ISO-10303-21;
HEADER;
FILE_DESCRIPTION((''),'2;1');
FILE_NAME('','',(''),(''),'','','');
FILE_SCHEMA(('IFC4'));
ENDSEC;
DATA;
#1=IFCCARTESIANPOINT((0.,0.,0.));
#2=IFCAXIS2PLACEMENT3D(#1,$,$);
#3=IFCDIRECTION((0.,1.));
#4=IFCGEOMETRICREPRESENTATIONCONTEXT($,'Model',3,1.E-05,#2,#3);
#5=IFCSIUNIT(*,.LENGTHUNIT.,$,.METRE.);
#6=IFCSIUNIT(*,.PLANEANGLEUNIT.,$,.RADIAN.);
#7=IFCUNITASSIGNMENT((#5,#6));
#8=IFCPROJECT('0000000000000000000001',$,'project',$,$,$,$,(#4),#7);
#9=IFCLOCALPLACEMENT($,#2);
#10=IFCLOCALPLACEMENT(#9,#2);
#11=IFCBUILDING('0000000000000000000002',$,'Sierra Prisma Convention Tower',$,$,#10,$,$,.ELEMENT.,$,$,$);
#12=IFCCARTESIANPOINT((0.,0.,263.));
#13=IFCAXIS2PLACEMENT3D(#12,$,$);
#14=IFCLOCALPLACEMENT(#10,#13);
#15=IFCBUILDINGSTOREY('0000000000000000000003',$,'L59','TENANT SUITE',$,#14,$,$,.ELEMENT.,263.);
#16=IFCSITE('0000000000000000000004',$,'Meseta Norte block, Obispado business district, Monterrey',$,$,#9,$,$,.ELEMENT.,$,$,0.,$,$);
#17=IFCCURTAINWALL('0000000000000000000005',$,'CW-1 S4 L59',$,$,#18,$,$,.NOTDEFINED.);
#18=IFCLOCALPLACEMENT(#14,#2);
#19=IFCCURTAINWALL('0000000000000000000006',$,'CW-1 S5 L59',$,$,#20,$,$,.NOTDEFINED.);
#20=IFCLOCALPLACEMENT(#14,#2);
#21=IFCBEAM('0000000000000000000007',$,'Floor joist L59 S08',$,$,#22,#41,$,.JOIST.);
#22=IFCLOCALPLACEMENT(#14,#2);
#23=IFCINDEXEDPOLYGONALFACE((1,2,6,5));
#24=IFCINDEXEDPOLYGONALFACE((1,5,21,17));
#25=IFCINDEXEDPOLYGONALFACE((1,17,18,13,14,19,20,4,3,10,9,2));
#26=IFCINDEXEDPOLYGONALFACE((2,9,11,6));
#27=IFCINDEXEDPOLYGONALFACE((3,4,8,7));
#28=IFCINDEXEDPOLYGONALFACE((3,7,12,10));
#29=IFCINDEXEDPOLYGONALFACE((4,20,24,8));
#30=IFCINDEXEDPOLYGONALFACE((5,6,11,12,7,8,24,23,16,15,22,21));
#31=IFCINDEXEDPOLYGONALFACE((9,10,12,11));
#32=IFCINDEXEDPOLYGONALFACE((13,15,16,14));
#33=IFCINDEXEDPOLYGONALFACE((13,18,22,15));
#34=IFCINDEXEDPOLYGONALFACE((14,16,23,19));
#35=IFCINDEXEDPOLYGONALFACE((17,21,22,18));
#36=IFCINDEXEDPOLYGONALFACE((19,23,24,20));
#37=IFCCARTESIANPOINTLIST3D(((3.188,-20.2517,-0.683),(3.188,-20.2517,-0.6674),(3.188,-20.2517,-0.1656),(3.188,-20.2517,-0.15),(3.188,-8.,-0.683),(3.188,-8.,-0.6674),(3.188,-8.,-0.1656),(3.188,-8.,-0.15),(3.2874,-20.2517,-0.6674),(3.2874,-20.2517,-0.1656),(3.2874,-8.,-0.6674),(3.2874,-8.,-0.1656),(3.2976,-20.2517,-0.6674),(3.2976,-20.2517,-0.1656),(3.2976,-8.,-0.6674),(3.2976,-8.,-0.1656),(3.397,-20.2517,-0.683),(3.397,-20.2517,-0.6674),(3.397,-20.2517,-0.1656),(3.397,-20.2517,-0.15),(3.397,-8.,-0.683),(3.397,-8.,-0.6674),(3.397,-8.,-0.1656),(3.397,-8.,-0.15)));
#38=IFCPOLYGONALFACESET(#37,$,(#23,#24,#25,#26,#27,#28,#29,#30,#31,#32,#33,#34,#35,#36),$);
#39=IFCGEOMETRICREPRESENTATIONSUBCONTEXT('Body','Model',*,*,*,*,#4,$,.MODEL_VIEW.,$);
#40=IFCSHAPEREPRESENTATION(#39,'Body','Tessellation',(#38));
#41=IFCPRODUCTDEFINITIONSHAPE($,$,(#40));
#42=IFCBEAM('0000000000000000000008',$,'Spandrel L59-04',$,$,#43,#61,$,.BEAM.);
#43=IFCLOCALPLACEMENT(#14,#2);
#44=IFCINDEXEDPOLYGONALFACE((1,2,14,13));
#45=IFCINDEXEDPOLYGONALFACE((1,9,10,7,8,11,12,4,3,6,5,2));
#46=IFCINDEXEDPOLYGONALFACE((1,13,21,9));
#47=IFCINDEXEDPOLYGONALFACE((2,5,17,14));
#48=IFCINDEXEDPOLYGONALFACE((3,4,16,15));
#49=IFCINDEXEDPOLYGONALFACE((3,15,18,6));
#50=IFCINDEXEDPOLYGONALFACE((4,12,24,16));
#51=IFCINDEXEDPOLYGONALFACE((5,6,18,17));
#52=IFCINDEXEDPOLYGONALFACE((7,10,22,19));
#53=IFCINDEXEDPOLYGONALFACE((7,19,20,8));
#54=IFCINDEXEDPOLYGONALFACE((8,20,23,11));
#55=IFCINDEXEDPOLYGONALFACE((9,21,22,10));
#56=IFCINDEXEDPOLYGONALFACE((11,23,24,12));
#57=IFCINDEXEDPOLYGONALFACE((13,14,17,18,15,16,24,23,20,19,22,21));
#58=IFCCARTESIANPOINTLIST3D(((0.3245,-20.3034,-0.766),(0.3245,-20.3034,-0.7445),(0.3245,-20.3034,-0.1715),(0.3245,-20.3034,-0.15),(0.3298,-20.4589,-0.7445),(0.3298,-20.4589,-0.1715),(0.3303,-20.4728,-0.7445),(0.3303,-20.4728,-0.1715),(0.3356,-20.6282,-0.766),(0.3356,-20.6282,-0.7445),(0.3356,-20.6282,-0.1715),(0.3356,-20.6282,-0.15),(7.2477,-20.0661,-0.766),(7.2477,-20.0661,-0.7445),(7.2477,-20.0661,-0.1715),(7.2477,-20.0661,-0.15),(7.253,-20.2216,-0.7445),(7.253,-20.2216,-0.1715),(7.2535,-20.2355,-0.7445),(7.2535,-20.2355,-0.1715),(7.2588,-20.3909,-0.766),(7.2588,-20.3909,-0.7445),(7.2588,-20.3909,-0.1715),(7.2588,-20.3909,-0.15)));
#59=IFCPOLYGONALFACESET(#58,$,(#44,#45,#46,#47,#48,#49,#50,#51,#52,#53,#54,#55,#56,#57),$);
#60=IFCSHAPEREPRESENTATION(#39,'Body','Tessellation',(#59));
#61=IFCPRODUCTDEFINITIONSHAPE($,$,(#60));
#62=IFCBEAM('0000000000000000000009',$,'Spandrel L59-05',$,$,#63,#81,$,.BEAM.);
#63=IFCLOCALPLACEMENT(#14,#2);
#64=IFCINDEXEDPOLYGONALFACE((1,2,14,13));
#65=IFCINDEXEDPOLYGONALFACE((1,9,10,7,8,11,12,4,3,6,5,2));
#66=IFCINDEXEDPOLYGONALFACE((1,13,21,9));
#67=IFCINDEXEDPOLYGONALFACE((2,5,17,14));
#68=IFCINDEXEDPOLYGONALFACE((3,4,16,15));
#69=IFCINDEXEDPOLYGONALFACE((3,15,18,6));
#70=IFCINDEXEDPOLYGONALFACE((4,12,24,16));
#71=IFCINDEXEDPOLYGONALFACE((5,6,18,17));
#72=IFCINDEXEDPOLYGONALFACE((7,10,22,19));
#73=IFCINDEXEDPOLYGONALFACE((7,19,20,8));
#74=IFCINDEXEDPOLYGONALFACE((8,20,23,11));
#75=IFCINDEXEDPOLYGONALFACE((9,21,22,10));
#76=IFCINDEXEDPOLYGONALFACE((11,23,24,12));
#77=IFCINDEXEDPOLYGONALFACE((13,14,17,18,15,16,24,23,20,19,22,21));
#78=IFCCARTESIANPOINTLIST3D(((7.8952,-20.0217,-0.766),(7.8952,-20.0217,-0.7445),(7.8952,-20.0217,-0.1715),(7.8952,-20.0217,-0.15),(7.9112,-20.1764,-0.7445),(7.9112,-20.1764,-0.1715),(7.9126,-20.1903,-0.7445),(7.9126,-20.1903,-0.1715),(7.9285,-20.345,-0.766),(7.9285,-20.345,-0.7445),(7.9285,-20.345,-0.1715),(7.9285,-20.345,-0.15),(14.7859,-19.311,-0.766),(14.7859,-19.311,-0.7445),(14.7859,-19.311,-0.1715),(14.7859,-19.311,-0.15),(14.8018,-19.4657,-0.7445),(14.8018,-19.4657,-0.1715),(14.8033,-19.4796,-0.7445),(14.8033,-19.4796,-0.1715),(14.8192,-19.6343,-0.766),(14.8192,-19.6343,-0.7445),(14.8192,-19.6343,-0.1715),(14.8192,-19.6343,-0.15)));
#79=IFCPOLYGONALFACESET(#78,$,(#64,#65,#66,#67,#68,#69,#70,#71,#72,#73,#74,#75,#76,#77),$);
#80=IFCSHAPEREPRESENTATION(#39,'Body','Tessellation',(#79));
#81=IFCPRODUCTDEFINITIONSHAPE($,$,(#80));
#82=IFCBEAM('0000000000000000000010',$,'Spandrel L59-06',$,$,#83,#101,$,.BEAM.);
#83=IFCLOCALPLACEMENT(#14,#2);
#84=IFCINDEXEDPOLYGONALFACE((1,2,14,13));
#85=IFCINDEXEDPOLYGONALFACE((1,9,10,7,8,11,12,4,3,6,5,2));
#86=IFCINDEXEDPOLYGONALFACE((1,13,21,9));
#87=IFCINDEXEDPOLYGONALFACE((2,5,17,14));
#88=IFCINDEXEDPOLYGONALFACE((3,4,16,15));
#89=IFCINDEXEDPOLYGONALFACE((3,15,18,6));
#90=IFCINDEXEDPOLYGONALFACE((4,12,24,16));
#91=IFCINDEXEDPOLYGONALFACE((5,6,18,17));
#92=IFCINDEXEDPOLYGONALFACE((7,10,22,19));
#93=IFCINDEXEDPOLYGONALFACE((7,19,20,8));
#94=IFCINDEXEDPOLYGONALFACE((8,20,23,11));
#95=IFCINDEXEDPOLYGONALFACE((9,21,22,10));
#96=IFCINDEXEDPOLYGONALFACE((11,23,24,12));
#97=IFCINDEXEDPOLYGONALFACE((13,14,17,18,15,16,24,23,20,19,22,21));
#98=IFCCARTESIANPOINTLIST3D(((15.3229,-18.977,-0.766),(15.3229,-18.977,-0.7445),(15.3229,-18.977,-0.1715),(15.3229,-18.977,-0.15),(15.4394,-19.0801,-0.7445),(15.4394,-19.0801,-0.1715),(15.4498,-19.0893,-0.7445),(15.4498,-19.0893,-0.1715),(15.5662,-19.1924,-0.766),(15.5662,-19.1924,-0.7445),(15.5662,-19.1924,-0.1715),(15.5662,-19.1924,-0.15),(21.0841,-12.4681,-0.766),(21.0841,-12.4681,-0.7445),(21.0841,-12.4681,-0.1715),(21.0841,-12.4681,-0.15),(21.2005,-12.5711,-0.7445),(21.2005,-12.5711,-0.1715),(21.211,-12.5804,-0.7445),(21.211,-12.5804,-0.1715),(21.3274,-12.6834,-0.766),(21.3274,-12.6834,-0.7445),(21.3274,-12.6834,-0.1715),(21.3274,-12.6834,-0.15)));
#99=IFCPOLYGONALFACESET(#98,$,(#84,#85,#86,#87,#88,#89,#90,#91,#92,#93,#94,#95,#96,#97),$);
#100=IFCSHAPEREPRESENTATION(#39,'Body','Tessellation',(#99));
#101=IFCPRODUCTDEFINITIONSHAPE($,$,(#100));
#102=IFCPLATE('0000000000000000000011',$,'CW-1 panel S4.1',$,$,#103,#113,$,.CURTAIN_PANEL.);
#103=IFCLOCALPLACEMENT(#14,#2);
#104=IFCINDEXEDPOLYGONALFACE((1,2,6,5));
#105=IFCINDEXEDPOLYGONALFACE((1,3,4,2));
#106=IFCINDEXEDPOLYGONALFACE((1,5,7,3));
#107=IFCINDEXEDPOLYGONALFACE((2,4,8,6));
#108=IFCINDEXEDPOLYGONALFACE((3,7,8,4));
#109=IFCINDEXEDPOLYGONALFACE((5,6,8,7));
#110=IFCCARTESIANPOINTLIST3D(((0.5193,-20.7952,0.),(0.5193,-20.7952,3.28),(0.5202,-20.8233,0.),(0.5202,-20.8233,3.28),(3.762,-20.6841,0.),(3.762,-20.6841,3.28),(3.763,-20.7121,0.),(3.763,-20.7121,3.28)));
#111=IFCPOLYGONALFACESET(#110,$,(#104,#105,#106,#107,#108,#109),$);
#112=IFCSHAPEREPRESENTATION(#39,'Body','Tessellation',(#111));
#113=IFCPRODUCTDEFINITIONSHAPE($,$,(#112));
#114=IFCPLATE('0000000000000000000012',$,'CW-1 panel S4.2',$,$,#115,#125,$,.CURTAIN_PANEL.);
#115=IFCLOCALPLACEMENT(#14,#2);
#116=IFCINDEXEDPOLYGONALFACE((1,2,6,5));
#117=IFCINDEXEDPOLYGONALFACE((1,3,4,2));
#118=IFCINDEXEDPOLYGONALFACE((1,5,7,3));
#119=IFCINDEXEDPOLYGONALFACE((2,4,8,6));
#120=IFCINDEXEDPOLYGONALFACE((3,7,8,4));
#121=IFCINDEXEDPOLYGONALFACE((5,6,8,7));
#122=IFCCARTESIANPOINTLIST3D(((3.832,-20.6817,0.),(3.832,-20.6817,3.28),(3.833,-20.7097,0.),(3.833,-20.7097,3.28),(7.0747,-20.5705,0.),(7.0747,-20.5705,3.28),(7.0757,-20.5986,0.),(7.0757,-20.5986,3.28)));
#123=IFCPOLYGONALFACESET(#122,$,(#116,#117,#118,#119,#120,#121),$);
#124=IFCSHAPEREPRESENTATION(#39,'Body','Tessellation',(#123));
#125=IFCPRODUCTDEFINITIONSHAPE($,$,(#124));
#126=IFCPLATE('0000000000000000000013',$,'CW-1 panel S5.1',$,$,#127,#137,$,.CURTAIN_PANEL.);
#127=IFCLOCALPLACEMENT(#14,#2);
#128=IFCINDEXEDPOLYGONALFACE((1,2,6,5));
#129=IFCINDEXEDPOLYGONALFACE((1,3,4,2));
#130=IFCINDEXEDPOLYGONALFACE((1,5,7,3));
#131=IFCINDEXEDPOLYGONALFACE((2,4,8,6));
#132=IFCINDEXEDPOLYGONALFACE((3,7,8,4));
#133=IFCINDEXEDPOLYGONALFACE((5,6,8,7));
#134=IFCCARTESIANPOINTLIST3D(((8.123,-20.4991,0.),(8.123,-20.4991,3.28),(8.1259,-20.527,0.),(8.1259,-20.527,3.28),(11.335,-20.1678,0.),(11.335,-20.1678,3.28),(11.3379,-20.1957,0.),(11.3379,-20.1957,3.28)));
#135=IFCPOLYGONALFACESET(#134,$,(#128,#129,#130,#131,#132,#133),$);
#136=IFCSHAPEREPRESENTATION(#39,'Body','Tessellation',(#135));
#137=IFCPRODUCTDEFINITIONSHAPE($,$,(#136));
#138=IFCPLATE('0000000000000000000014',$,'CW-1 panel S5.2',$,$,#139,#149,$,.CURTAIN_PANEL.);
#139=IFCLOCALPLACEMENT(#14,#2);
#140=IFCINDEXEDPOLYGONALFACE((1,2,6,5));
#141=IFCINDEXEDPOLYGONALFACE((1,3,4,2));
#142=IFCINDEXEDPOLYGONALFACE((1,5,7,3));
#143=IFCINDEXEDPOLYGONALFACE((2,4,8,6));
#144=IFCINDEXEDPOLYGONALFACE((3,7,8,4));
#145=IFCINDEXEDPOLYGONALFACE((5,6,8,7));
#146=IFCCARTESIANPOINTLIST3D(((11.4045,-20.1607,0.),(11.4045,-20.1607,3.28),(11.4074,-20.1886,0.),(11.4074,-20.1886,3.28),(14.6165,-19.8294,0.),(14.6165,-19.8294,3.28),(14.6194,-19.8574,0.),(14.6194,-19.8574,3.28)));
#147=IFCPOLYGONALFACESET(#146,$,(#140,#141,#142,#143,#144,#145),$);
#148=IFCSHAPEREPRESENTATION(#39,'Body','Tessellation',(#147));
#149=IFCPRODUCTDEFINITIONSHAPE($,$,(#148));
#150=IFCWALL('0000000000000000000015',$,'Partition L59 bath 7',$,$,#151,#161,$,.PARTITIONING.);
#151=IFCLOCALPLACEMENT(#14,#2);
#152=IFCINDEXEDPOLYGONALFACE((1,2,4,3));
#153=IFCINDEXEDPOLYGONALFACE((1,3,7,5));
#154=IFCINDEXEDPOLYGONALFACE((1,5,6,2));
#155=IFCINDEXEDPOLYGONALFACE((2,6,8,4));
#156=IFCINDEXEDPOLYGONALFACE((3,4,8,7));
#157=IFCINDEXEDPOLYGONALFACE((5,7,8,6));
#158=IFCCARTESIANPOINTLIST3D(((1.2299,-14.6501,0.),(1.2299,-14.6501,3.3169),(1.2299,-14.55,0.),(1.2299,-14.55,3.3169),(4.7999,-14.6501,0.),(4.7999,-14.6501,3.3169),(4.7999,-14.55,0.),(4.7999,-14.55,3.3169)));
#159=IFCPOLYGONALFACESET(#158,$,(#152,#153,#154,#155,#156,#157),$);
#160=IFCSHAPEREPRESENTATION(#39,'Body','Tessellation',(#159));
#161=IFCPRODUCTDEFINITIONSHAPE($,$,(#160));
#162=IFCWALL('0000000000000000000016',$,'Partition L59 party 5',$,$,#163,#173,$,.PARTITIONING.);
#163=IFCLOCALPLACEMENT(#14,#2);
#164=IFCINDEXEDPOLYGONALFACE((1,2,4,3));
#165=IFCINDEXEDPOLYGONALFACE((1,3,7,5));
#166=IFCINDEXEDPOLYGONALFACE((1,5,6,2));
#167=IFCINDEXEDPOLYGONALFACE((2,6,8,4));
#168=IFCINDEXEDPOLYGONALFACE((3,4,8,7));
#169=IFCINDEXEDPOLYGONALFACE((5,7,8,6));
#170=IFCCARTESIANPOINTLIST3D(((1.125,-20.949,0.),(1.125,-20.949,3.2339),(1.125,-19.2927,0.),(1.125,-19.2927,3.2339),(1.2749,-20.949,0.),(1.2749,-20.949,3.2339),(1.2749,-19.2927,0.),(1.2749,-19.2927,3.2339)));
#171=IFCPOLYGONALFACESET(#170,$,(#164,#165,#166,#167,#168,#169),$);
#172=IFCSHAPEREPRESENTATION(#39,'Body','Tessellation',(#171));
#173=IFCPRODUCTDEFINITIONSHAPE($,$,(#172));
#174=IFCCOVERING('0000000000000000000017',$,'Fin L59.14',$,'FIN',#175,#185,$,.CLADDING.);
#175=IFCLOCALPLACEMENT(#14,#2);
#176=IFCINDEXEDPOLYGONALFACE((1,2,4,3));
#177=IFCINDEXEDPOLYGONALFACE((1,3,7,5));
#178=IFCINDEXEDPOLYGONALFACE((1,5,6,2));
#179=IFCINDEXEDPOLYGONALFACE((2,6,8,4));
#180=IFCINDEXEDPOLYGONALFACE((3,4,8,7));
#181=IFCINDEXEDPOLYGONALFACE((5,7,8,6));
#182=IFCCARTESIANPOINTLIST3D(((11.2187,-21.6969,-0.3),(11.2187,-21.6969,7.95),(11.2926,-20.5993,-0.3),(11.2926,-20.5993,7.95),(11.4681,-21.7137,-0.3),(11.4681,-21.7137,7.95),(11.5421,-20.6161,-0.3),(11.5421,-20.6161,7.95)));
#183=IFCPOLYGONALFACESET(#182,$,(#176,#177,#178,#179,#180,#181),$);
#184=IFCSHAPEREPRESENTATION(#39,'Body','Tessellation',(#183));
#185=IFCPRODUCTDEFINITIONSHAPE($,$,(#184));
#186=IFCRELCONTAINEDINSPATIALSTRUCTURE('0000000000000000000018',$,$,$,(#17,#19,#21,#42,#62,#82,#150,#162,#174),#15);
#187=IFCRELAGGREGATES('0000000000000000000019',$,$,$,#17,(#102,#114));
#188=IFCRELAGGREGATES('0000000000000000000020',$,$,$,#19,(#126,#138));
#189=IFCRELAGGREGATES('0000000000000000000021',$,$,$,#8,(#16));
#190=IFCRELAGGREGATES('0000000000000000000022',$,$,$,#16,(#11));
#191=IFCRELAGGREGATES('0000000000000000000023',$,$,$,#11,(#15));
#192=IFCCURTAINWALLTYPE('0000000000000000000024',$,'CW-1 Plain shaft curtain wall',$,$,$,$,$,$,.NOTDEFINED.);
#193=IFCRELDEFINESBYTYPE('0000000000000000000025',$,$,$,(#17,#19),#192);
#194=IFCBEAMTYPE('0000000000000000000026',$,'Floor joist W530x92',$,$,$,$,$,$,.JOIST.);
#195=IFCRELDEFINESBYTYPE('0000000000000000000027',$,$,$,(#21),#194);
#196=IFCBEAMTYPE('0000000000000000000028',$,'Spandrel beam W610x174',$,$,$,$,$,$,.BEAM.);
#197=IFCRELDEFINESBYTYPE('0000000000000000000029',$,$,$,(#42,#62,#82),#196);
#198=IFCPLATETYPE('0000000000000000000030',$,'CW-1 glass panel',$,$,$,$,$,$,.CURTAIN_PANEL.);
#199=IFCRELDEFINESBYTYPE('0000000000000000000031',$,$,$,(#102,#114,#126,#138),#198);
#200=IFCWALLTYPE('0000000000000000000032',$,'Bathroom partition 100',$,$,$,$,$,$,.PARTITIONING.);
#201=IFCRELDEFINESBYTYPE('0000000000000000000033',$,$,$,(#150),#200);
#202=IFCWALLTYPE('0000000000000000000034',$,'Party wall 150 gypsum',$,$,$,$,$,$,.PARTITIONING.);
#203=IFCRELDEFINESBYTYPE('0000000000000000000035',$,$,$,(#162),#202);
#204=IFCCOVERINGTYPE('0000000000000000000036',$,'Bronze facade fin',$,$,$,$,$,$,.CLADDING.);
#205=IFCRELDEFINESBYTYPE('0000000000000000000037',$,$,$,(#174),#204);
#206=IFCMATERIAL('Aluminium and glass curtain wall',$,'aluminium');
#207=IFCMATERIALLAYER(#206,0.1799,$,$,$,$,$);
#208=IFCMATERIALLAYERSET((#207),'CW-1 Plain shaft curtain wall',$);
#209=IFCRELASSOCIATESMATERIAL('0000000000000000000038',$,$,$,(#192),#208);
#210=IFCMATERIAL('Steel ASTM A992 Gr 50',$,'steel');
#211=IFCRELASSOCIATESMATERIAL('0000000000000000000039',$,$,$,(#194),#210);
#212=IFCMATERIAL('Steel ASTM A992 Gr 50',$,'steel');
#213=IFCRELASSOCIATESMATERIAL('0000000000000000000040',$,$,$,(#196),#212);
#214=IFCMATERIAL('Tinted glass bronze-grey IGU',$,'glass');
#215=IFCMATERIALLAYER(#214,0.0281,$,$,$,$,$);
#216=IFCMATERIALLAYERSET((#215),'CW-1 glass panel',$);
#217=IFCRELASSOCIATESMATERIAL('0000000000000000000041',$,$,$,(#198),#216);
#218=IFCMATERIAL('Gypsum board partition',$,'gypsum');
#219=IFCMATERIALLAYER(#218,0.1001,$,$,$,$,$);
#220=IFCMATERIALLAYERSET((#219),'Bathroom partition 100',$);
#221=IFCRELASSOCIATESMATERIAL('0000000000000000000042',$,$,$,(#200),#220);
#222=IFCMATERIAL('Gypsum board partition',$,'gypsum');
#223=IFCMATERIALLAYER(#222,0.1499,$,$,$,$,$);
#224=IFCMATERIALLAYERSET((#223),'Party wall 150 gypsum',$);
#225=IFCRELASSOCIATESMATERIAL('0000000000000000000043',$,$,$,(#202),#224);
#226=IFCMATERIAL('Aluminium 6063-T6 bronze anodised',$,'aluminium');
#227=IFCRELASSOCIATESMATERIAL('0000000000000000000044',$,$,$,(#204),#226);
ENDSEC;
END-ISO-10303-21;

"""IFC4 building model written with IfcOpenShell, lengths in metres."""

from ifc_helpers import new_model, si_unit, direction, frame, frame_2d, origin, origin_2d, place, context, subcontext, project, spatial, rectangle, i_section, extrude, material, layer, layer_set, material_profile, profile_set, type_object, element, aggregate, save


model = new_model("IFC4")

# Units and contexts
model_context = context("Model", 3, precision=1e-05, world=origin(), true_north=direction((0.0, 1.0)))
body_context = subcontext(model_context, "Body", "Model", "MODEL_VIEW")
ifc_project = project(units=[si_unit("LENGTHUNIT", "METRE"), si_unit("PLANEANGLEUNIT", "RADIAN")], contexts=[model_context])

# Site, building, storey
site_placement = place(None, origin())
site = spatial("IfcSite", under=ifc_project, at=site_placement, Name="Meseta Norte block, Obispado business district, Monterrey", CompositionType="ELEMENT", RefElevation=0.0)
building_placement = place(site_placement, origin())
building = spatial("IfcBuilding", under=site, at=building_placement, Name="Sierra Prisma Convention Tower", CompositionType="ELEMENT")
storey_placement = place(building_placement, frame((0.0, 0.0, 263.0)))
storey = spatial("IfcBuildingStorey", under=building, at=storey_placement, Name="L59", Description="TENANT SUITE", CompositionType="ELEMENT", Elevation=263.0)

# Curtain walls
ifc_material_1 = material(Name="Aluminium and glass curtain wall", Category="aluminium")
ifc_layer_1 = layer(ifc_material_1, 0.1799)
ifc_layer_set_1 = layer_set([ifc_layer_1], Name="CW-1 Plain shaft curtain wall")
curtain_wall_type = type_object("IfcCurtainWallType", Name="CW-1 Plain shaft curtain wall", PredefinedType="NOTDEFINED", material=ifc_layer_set_1)
curtain_wall_1_placement = place(storey_placement, origin())
curtain_wall_1 = element("IfcCurtainWall", 1, at=curtain_wall_1_placement, inside=storey, type_object=curtain_wall_type, Name="CW-1 S4 L59", PredefinedType="NOTDEFINED")
curtain_wall_2_placement = place(storey_placement, origin())
curtain_wall_2 = element("IfcCurtainWall", 2, at=curtain_wall_2_placement, inside=storey, type_object=curtain_wall_type, Name="CW-1 S5 L59", PredefinedType="NOTDEFINED")

# Beams
ifc_material_2 = material(Name="Steel ASTM A992 Gr 50", Category="steel")
ifc_material_profile_1 = material_profile(ifc_material_2, i_section(OverallWidth=0.209, OverallDepth=0.533, WebThickness=0.0103, FlangeThickness=0.0156, at=origin_2d()), Name="W530x92")
ifc_profile_set_1 = profile_set([ifc_material_profile_1], Name="Steel ASTM A992 Gr 50")
beam_type_1 = type_object("IfcBeamType", Name="Floor joist W530x92", PredefinedType="JOIST", material=ifc_profile_set_1)
beam_1_placement = place(storey_placement, frame((3.2925, -20.2517, -0.4165), z_axis=(0.0, 1.0, 0.0), x_axis=(-1.0, 0.0, 0.0)))
element("IfcBeam", 3, at=beam_1_placement, inside=storey, type_object=beam_type_1, Name="Floor joist L59 S08", PredefinedType="JOIST", context=body_context, shape_type="SweptSolid", body=[
    extrude(i_section(OverallWidth=0.209, OverallDepth=0.533, WebThickness=0.0103, FlangeThickness=0.0156, at=origin_2d()), origin(), (0.0, 0.0, 1.0), 12.2517),
])
ifc_material_3 = material(Name="Steel ASTM A992 Gr 50", Category="steel")
ifc_material_profile_2 = material_profile(ifc_material_3, i_section(OverallWidth=0.325, OverallDepth=0.616, WebThickness=0.0139, FlangeThickness=0.0215, at=origin_2d()), Name="W610x174")
ifc_profile_set_2 = profile_set([ifc_material_profile_2], Name="Steel ASTM A992 Gr 50")
beam_type_2 = type_object("IfcBeamType", Name="Spandrel beam W610x174", PredefinedType="BEAM", material=ifc_profile_set_2)
for number, where, z_axis, x_axis, name in (
    (4, (0.3301, -20.4658, -0.458), (0.999413, 0.034257, 0.0), (-0.034257, 0.999413, 0.0), "Spandrel L59-04"),
    (5, (7.9119, -20.1833, -0.458), (0.994723, 0.102595, 0.0), (-0.102595, 0.994723, 0.0), "Spandrel L59-05"),
):
    element("IfcBeam", number, at=place(storey_placement, frame(where, z_axis=z_axis, x_axis=x_axis)), inside=storey, type_object=beam_type_2, Name=name, PredefinedType="BEAM", context=body_context, shape_type="SweptSolid", body=[
        extrude(i_section(OverallWidth=0.325, OverallDepth=0.616, WebThickness=0.0139, FlangeThickness=0.0215, at=origin_2d()), origin(), (0.0, 0.0, 1.0), 6.9272),
    ])
beam_2_placement = place(storey_placement, frame((15.4446, -19.0847, -0.458), z_axis=(0.662783, 0.748812, 0.0), x_axis=(-0.748812, 0.662783, 0.0)))
element("IfcBeam", 6, at=beam_2_placement, inside=storey, type_object=beam_type_2, Name="Spandrel L59-06", PredefinedType="BEAM", context=body_context, shape_type="SweptSolid", body=[
    extrude(i_section(OverallWidth=0.325, OverallDepth=0.616, WebThickness=0.0139, FlangeThickness=0.0215, at=origin_2d()), origin(), (0.0, 0.0, 1.0), 8.6924),
])

# Plates
ifc_material_4 = material(Name="Tinted glass bronze-grey IGU", Category="glass")
ifc_layer_2 = layer(ifc_material_4, 0.0281)
ifc_layer_set_2 = layer_set([ifc_layer_2], Name="CW-1 glass panel")
plate_type = type_object("IfcPlateType", Name="CW-1 glass panel", PredefinedType="CURTAIN_PANEL", material=ifc_layer_set_2)
plate_1_placement = place(storey_placement, frame((2.1411, -20.7537, 0.0), z_axis=(0.0, 0.0, 1.0), x_axis=(0.999413, 0.034253, 0.0)))
plate_1 = element("IfcPlate", 7, at=plate_1_placement, type_object=plate_type, Name="CW-1 panel S4.1", PredefinedType="CURTAIN_PANEL", context=body_context, shape_type="SweptSolid", body=[
    extrude(rectangle(XDim=3.2446, YDim=0.0281, at=origin_2d()), origin(), (0.0, 0.0, 1.0), 3.28),
])
plate_2_placement = place(storey_placement, frame((5.4539, -20.6401, 0.0), z_axis=(0.0, 0.0, 1.0), x_axis=(0.999413, 0.034253, 0.0)))
plate_2 = element("IfcPlate", 8, at=plate_2_placement, type_object=plate_type, Name="CW-1 panel S4.2", PredefinedType="CURTAIN_PANEL", context=body_context, shape_type="SweptSolid", body=[
    extrude(rectangle(XDim=3.2446, YDim=0.0281, at=origin_2d()), origin(), (0.0, 0.0, 1.0), 3.28),
])
aggregate(curtain_wall_1, [plate_1, plate_2])
plate_3_placement = place(storey_placement, frame((9.7305, -20.3474, 0.0), z_axis=(0.0, 0.0, 1.0), x_axis=(0.994723, 0.102598, 0.0)))
plate_3 = element("IfcPlate", 9, at=plate_3_placement, type_object=plate_type, Name="CW-1 panel S5.1", PredefinedType="CURTAIN_PANEL", context=body_context, shape_type="SweptSolid", body=[
    extrude(rectangle(XDim=3.229, YDim=0.0281, at=origin_2d()), origin(), (0.0, 0.0, 1.0), 3.28),
])
plate_4_placement = place(storey_placement, frame((13.012, -20.009, 0.0), z_axis=(0.0, 0.0, 1.0), x_axis=(0.994723, 0.102598, 0.0)))
plate_4 = element("IfcPlate", 10, at=plate_4_placement, type_object=plate_type, Name="CW-1 panel S5.2", PredefinedType="CURTAIN_PANEL", context=body_context, shape_type="SweptSolid", body=[
    extrude(rectangle(XDim=3.229, YDim=0.0281, at=origin_2d()), origin(), (0.0, 0.0, 1.0), 3.28),
])
aggregate(curtain_wall_2, [plate_3, plate_4])

# Walls
ifc_material_5 = material(Name="Gypsum board partition", Category="gypsum")
ifc_layer_3 = layer(ifc_material_5, 0.1001)
ifc_layer_set_3 = layer_set([ifc_layer_3], Name="Bathroom partition 100")
wall_type_1 = type_object("IfcWallType", Name="Bathroom partition 100", PredefinedType="PARTITIONING", material=ifc_layer_set_3)
wall_1_placement = place(storey_placement, frame((4.8, -14.6001, 0.0), z_axis=(0.0, 0.0, 1.0), x_axis=(-1.0, 0.0, 0.0)))
element("IfcWall", 11, at=wall_1_placement, inside=storey, type_object=wall_type_1, Name="Partition L59 bath 7", PredefinedType="PARTITIONING", context=body_context, shape_type="SweptSolid", body=[
    extrude(rectangle(XDim=3.5701, YDim=0.1001, at=frame_2d((1.7852, 0.0))), origin(), (0.0, 0.0, 1.0), 3.3169),
])
ifc_material_6 = material(Name="Gypsum board partition", Category="gypsum")
ifc_layer_4 = layer(ifc_material_6, 0.1499)
ifc_layer_set_4 = layer_set([ifc_layer_4], Name="Party wall 150 gypsum")
wall_type_2 = type_object("IfcWallType", Name="Party wall 150 gypsum", PredefinedType="PARTITIONING", material=ifc_layer_set_4)
wall_2_placement = place(storey_placement, frame((1.2, -19.2927, 0.0), z_axis=(0.0, 0.0, 1.0), x_axis=(0.0, -1.0, 0.0)))
element("IfcWall", 12, at=wall_2_placement, inside=storey, type_object=wall_type_2, Name="Partition L59 party 5", PredefinedType="PARTITIONING", context=body_context, shape_type="SweptSolid", body=[
    extrude(rectangle(XDim=1.6562, YDim=0.1499, at=frame_2d((0.8281, 0.0))), origin(), (0.0, 0.0, 1.0), 3.2339),
])

# Covering
ifc_material_7 = material(Name="Aluminium 6063-T6 bronze anodised", Category="aluminium")
ifc_material_profile_3 = material_profile(ifc_material_7, rectangle(XDim=1.1001, YDim=0.25, at=origin_2d()), Name="ALU FIN 1100x250")
ifc_profile_set_3 = profile_set([ifc_material_profile_3], Name="Aluminium 6063-T6 bronze anodised")
covering_type = type_object("IfcCoveringType", Name="Bronze facade fin", PredefinedType="CLADDING", material=ifc_profile_set_3)
covering_placement = place(storey_placement, frame((11.3804, -21.1565, -0.3), z_axis=(0.0, 0.0, 1.0), x_axis=(-0.067235, -0.997737, 0.0)))
element("IfcCovering", 13, at=covering_placement, inside=storey, type_object=covering_type, Name="Fin L59.14", ObjectType="FIN", PredefinedType="CLADDING", context=body_context, shape_type="SweptSolid", body=[
    extrude(rectangle(XDim=1.1001, YDim=0.25, at=origin_2d()), origin(), (0.0, 0.0, 1.0), 8.25),
])

save(model, "model.ifc")
